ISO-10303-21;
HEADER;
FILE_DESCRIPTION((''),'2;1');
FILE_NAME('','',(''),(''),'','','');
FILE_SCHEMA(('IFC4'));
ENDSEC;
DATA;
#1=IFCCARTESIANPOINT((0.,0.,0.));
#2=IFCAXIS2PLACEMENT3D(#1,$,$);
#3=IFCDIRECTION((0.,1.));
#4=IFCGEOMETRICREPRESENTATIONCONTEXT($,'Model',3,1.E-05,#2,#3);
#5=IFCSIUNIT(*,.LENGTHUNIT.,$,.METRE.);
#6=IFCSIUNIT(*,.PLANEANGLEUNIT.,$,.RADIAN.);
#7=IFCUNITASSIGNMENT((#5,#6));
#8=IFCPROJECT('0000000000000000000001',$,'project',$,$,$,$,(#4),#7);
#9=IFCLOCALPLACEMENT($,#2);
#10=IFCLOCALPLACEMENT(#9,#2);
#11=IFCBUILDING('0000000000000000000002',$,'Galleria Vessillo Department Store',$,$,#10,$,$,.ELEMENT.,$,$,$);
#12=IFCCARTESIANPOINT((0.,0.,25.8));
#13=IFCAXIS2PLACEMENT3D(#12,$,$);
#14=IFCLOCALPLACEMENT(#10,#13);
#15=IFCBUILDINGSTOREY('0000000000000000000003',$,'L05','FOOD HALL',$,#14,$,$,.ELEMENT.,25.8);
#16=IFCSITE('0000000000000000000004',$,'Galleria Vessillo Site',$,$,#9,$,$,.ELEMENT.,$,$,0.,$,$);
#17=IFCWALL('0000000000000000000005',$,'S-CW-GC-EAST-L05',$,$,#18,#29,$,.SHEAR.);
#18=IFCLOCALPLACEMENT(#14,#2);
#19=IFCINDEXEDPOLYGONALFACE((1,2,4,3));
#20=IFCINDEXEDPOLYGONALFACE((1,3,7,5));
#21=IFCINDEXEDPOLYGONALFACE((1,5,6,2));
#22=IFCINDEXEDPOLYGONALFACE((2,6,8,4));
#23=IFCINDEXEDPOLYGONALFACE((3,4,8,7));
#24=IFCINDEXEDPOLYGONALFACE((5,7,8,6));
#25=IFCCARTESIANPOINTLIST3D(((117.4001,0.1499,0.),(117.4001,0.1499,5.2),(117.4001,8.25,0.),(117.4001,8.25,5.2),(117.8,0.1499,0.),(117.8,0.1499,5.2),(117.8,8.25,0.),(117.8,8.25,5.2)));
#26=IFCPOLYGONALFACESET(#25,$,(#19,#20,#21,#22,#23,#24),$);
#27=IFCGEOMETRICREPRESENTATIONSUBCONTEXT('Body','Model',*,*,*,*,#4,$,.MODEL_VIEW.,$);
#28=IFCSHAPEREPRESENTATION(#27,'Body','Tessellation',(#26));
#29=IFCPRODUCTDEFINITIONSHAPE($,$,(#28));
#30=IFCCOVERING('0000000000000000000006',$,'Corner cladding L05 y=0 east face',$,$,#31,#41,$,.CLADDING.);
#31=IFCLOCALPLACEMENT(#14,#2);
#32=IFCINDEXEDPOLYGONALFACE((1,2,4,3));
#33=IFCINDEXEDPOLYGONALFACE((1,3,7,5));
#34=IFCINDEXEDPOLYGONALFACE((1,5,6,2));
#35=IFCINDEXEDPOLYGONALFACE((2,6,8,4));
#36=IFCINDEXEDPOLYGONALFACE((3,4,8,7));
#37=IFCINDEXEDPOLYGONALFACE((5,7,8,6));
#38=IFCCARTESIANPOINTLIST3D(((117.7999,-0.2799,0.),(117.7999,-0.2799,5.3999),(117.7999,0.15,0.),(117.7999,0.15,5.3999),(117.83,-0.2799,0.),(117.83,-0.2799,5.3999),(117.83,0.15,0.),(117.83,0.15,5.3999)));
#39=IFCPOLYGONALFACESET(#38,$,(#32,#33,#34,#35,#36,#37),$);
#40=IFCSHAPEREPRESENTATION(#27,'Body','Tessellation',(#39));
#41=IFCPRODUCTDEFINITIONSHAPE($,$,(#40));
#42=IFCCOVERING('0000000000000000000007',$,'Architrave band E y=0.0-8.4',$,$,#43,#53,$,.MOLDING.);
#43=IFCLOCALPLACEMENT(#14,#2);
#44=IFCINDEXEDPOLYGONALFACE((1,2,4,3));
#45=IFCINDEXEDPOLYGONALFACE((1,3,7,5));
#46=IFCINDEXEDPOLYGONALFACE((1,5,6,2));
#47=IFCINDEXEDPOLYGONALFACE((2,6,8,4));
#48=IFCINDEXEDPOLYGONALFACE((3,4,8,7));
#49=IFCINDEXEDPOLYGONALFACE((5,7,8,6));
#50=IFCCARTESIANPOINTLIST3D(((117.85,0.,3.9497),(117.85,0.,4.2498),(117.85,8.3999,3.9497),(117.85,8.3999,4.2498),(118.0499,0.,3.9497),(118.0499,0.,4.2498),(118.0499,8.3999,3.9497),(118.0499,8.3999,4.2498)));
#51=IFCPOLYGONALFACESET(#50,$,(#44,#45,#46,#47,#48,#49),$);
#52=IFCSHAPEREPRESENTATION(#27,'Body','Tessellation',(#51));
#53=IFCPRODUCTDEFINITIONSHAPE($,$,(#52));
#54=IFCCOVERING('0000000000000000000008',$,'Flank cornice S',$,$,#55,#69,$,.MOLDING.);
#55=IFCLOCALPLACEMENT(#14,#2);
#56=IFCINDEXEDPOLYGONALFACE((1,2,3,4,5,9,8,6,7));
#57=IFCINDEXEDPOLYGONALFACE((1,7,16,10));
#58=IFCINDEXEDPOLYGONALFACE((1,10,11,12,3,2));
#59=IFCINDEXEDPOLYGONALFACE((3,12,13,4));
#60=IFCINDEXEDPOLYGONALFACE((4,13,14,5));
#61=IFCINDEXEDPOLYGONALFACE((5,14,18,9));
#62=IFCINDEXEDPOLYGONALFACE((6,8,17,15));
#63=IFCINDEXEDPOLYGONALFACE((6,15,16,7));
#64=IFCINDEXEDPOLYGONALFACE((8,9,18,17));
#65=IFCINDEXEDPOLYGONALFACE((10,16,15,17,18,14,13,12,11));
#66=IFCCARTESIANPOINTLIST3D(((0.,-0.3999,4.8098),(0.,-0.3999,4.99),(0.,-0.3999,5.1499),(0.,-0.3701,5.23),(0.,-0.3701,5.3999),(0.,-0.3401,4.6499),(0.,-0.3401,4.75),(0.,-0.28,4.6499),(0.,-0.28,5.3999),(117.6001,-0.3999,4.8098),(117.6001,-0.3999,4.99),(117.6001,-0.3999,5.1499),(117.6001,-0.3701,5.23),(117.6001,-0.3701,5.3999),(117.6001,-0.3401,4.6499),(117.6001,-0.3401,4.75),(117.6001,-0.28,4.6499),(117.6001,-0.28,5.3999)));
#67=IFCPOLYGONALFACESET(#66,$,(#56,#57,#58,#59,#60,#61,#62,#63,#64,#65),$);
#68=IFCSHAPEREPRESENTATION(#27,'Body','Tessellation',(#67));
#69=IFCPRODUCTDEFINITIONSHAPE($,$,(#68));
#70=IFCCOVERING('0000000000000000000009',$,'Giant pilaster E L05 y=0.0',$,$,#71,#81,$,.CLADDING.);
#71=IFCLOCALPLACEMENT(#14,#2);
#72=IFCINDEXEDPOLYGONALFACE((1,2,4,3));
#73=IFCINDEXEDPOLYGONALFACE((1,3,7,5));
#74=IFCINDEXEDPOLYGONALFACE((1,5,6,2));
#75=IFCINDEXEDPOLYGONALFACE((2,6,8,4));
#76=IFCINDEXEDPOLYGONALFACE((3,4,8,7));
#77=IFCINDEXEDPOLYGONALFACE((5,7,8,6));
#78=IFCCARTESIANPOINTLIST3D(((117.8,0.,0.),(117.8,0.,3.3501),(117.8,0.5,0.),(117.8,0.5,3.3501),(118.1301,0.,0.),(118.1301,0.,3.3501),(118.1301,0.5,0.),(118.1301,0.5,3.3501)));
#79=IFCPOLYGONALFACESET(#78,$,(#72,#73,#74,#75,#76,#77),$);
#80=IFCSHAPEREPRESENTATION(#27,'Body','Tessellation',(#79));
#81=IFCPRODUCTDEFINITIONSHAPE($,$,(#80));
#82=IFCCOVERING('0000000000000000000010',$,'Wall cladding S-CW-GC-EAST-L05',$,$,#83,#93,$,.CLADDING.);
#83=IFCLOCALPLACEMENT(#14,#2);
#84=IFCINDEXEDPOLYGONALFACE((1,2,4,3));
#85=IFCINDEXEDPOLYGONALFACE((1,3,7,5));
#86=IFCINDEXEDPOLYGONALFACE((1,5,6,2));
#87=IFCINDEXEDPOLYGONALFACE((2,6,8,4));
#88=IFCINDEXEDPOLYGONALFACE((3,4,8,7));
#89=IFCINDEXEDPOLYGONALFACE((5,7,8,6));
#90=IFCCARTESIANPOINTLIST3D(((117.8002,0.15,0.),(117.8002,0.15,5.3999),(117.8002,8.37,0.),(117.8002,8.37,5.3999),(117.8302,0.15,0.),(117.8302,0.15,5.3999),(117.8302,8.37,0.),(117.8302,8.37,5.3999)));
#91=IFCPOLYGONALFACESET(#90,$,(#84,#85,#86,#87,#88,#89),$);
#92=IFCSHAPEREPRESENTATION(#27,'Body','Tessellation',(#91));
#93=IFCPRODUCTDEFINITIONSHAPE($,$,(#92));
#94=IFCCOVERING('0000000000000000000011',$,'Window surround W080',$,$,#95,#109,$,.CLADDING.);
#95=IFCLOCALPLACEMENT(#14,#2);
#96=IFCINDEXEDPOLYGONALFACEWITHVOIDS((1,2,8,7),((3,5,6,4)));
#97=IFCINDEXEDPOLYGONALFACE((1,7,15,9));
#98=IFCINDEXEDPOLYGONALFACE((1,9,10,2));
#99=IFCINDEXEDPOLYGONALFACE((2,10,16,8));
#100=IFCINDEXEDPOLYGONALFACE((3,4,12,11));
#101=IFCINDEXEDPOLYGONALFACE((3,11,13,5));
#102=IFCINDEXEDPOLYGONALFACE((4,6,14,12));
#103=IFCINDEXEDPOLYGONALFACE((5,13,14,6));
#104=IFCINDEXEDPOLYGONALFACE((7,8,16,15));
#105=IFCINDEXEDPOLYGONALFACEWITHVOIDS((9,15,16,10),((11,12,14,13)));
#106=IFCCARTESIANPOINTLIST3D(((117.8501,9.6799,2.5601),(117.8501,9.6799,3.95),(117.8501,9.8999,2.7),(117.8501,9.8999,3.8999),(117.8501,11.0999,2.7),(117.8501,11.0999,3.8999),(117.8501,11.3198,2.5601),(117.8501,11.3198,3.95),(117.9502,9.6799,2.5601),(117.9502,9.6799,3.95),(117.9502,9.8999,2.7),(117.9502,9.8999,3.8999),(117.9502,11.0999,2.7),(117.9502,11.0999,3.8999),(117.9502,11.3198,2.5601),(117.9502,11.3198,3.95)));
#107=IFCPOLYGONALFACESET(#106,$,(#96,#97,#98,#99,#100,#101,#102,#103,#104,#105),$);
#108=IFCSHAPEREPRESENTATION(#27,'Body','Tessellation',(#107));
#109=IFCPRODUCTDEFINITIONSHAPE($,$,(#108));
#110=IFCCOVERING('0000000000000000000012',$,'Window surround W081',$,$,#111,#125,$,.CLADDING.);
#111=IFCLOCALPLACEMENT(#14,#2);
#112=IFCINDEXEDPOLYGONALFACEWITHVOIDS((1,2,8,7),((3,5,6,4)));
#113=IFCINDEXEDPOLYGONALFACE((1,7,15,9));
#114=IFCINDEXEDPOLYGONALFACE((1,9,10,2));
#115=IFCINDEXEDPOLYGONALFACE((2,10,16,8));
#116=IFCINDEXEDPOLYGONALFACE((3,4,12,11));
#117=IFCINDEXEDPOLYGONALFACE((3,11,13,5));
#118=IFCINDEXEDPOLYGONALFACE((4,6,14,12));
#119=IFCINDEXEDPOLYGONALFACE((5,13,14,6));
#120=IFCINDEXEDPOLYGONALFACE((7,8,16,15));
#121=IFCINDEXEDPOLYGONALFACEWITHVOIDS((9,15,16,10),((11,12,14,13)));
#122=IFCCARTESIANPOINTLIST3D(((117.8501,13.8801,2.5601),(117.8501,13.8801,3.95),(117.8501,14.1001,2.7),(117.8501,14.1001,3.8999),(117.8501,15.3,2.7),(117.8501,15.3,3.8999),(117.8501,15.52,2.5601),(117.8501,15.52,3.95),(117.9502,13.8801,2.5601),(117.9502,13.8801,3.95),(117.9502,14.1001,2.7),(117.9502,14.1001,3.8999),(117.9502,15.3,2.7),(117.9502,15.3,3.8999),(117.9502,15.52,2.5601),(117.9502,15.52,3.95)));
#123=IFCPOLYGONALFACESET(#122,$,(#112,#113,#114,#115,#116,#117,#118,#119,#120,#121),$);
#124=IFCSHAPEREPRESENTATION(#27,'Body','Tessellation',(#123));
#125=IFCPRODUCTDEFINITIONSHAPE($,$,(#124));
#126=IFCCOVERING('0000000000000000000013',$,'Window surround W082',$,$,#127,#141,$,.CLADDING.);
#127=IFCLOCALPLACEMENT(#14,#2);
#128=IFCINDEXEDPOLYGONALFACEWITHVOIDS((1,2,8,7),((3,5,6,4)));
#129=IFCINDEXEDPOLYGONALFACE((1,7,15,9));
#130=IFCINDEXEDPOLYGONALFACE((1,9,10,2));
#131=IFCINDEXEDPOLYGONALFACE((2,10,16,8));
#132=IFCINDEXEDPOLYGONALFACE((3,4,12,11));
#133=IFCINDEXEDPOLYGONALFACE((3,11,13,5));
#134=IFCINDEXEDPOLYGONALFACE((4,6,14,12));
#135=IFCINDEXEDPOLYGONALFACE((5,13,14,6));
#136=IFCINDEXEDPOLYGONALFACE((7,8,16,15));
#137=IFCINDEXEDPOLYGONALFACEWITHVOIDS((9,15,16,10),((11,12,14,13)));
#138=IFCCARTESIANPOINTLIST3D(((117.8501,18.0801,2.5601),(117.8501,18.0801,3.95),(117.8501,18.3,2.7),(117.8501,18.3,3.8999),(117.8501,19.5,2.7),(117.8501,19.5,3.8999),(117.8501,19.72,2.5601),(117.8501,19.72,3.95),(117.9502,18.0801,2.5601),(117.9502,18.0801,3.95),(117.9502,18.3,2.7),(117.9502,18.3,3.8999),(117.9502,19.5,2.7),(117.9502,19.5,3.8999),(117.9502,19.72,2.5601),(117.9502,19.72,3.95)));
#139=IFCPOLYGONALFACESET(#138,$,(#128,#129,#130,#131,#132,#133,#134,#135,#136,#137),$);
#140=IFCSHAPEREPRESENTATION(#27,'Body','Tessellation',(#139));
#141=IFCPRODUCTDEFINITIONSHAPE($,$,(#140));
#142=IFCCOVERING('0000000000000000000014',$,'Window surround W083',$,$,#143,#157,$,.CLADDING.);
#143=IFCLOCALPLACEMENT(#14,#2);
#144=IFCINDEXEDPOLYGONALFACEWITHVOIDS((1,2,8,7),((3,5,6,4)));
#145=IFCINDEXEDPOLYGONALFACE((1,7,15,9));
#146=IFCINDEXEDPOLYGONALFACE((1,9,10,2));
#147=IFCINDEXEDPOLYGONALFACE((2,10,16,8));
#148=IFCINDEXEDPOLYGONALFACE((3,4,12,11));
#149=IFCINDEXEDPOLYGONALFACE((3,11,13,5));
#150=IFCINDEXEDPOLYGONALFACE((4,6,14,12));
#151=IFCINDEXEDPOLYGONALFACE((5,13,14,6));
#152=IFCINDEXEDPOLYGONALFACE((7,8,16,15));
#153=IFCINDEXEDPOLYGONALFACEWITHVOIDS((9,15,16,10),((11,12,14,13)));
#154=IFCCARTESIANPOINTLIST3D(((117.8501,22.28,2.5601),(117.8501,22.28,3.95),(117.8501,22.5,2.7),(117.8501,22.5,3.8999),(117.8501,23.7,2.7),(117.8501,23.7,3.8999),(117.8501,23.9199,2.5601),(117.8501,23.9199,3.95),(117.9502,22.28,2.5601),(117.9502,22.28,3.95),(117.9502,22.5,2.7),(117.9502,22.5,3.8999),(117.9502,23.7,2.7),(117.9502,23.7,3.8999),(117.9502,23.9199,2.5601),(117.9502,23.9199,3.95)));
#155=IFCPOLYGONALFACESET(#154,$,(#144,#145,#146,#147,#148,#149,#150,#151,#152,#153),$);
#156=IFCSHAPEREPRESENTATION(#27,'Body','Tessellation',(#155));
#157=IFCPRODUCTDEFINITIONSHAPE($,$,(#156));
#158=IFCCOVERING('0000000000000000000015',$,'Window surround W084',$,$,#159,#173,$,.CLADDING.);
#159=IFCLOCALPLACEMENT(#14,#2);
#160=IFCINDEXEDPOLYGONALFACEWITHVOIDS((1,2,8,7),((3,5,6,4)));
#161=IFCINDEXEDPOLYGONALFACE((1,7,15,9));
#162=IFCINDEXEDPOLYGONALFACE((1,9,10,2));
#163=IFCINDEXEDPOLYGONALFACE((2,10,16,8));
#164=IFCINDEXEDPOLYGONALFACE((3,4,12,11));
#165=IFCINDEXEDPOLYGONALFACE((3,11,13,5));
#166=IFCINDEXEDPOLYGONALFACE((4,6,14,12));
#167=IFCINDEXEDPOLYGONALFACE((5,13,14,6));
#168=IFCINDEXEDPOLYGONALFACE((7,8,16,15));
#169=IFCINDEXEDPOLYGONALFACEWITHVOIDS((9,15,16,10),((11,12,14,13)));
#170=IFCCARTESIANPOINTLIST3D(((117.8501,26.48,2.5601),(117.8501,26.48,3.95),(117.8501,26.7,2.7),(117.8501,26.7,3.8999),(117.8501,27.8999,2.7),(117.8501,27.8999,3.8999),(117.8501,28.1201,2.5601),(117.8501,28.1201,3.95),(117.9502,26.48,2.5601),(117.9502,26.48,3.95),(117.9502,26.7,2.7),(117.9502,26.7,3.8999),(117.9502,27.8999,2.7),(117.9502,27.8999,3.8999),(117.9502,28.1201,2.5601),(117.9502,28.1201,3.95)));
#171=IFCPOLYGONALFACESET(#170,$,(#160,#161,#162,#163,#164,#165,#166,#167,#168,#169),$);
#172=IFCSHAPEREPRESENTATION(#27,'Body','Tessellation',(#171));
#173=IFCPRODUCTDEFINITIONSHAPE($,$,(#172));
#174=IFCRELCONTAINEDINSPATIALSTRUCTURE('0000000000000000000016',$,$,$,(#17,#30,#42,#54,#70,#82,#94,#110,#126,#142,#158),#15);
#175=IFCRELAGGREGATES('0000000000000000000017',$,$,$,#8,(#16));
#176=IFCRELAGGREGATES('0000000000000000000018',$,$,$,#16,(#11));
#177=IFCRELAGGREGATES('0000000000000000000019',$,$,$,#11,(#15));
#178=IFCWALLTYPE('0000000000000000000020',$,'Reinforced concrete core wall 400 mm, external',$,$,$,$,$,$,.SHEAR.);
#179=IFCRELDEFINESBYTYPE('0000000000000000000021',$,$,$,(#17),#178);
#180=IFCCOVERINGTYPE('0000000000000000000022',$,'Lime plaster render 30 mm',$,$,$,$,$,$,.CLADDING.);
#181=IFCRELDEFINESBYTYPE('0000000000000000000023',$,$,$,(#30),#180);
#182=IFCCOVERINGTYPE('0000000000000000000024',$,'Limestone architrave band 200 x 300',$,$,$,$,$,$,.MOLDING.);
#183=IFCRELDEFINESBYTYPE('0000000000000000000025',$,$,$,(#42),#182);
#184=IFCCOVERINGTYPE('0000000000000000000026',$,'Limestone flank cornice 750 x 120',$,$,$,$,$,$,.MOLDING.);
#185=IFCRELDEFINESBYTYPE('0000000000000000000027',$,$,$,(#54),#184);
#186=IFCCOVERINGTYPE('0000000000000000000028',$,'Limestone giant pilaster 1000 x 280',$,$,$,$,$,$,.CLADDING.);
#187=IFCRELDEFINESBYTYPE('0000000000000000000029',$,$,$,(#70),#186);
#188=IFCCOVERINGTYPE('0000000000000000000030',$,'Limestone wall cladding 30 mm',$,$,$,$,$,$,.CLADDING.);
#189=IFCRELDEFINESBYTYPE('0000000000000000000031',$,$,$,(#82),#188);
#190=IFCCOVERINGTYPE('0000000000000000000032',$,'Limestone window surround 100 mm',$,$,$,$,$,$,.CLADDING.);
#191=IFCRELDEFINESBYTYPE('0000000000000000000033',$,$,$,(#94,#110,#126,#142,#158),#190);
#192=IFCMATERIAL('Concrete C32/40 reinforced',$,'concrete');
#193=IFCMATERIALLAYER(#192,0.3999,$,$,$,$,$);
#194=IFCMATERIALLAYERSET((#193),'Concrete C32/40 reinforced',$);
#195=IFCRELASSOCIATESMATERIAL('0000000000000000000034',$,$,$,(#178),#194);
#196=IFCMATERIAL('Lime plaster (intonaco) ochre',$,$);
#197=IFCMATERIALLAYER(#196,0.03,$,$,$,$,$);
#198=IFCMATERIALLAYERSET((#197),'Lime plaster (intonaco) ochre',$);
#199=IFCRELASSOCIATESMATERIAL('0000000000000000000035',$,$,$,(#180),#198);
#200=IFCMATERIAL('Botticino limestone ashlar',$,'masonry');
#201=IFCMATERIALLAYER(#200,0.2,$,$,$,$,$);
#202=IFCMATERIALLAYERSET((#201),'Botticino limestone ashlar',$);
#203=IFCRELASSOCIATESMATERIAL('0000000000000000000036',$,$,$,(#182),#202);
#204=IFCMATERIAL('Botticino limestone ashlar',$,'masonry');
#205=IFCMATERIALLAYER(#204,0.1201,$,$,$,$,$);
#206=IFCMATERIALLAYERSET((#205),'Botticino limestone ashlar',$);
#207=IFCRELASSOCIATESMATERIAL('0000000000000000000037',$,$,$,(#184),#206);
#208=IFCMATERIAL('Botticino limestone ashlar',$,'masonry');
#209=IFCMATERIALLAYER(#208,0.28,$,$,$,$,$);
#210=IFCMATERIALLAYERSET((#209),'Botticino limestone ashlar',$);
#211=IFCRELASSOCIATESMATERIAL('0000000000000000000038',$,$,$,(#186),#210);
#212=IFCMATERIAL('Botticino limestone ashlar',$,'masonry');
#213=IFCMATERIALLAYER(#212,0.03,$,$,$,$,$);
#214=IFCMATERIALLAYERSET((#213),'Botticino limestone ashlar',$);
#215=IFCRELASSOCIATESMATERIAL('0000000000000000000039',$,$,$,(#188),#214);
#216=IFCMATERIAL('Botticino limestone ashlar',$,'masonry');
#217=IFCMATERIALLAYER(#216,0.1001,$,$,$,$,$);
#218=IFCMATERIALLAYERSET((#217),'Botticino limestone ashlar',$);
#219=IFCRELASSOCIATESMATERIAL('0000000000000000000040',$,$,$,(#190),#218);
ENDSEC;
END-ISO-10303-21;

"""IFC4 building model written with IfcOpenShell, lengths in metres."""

from ifc_helpers import new_model, si_unit, direction, frame, frame_2d, origin, origin_2d, place, context, subcontext, project, spatial, polyline, rectangle, outline, extrude, material, layer, layer_set, type_object, element, save


model = new_model("IFC4")

# Units and contexts
model_context = context("Model", 3, precision=1e-05, world=origin(), true_north=direction((0.0, 1.0)))
body_context = subcontext(model_context, "Body", "Model", "MODEL_VIEW")
ifc_project = project(units=[si_unit("LENGTHUNIT", "METRE"), si_unit("PLANEANGLEUNIT", "RADIAN")], contexts=[model_context])

# Site, building, storey
site_placement = place(None, origin())
site = spatial("IfcSite", under=ifc_project, at=site_placement, Name="Galleria Vessillo Site", CompositionType="ELEMENT", RefElevation=0.0)
building_placement = place(site_placement, origin())
building = spatial("IfcBuilding", under=site, at=building_placement, Name="Galleria Vessillo Department Store", CompositionType="ELEMENT")
storey_placement = place(building_placement, frame((0.0, 0.0, 25.8)))
storey = spatial("IfcBuildingStorey", under=building, at=storey_placement, Name="L05", Description="FOOD HALL", CompositionType="ELEMENT", Elevation=25.8)

# Wall
ifc_material_1 = material(Name="Concrete C32/40 reinforced", Category="concrete")
ifc_layer_1 = layer(ifc_material_1, 0.3999)
ifc_layer_set_1 = layer_set([ifc_layer_1], Name="Concrete C32/40 reinforced")
wall_type = type_object("IfcWallType", Name="Reinforced concrete core wall 400 mm, external", PredefinedType="SHEAR", material=ifc_layer_set_1)
wall_placement = place(storey_placement, frame((117.6001, 0.1499, 0.0), z_axis=(0.0, 0.0, 1.0), x_axis=(0.0, 1.0, 0.0)))
element("IfcWall", 1, at=wall_placement, inside=storey, type_object=wall_type, Name="S-CW-GC-EAST-L05", PredefinedType="SHEAR", context=body_context, shape_type="SweptSolid", body=[
    extrude(rectangle(XDim=8.1001, YDim=0.3999, at=frame_2d((4.05, 0.0))), origin(), (0.0, 0.0, 1.0), 5.2),
])

# Coverings
ifc_material_2 = material(Name="Lime plaster (intonaco) ochre")
ifc_layer_2 = layer(ifc_material_2, 0.03)
ifc_layer_set_2 = layer_set([ifc_layer_2], Name="Lime plaster (intonaco) ochre")
covering_type_1 = type_object("IfcCoveringType", Name="Lime plaster render 30 mm", PredefinedType="CLADDING", material=ifc_layer_set_2)
covering_1_placement = place(storey_placement, frame((117.8149, -0.0649, 0.0), z_axis=(0.0, 0.0, 1.0), x_axis=(1.0, 0.0, 0.0)))
element("IfcCovering", 2, at=covering_1_placement, inside=storey, type_object=covering_type_1, Name="Corner cladding L05 y=0 east face", PredefinedType="CLADDING", context=body_context, shape_type="SweptSolid", body=[
    extrude(rectangle(XDim=0.03, YDim=0.4299, at=origin_2d()), origin(), (0.0, 0.0, 1.0), 5.3999),
])
ifc_material_3 = material(Name="Botticino limestone ashlar", Category="masonry")
ifc_layer_3 = layer(ifc_material_3, 0.2)
ifc_layer_set_3 = layer_set([ifc_layer_3], Name="Botticino limestone ashlar")
covering_type_2 = type_object("IfcCoveringType", Name="Limestone architrave band 200 x 300", PredefinedType="MOLDING", material=ifc_layer_set_3)
covering_2_placement = place(storey_placement, frame((117.95, 4.2, 3.9497), z_axis=(0.0, 0.0, 1.0), x_axis=(1.0, 0.0, 0.0)))
element("IfcCovering", 3, at=covering_2_placement, inside=storey, type_object=covering_type_2, Name="Architrave band E y=0.0-8.4", PredefinedType="MOLDING", context=body_context, shape_type="SweptSolid", body=[
    extrude(rectangle(XDim=0.2, YDim=8.3999, at=origin_2d()), origin(), (0.0, 0.0, 1.0), 0.3),
])
ifc_material_4 = material(Name="Botticino limestone ashlar", Category="masonry")
ifc_layer_4 = layer(ifc_material_4, 0.1201)
ifc_layer_set_4 = layer_set([ifc_layer_4], Name="Botticino limestone ashlar")
covering_type_3 = type_object("IfcCoveringType", Name="Limestone flank cornice 750 x 120", PredefinedType="MOLDING", material=ifc_layer_set_4)
covering_3_placement = place(storey_placement, frame((117.6001, 0.0, 4.6499), z_axis=(-1.0, 0.0, 0.0), x_axis=(0.0, -1.0, 0.0)))
element("IfcCovering", 4, at=covering_3_placement, inside=storey, type_object=covering_type_3, Name="Flank cornice S", PredefinedType="MOLDING", context=body_context, shape_type="SweptSolid", body=[
    extrude(outline(polyline([(0.28, 0.0), (0.3401, 0.0), (0.3401, 0.1001), (0.3999, 0.1599), (0.3999, 0.3401), (0.3999, 0.5), (0.3701, 0.5801), (0.3701, 0.75), (0.28, 0.75), (0.28, 0.0)])), origin(), (0.0, 0.0, 1.0), 117.6001),
])
ifc_material_5 = material(Name="Botticino limestone ashlar", Category="masonry")
ifc_layer_5 = layer(ifc_material_5, 0.28)
ifc_layer_set_5 = layer_set([ifc_layer_5], Name="Botticino limestone ashlar")
covering_type_4 = type_object("IfcCoveringType", Name="Limestone giant pilaster 1000 x 280", PredefinedType="CLADDING", material=ifc_layer_set_5)
covering_4_placement = place(storey_placement, frame((117.9651, 0.25, 0.0), z_axis=(0.0, 0.0, 1.0), x_axis=(1.0, 0.0, 0.0)))
element("IfcCovering", 5, at=covering_4_placement, inside=storey, type_object=covering_type_4, Name="Giant pilaster E L05 y=0.0", PredefinedType="CLADDING", context=body_context, shape_type="SweptSolid", body=[
    extrude(rectangle(XDim=0.3301, YDim=0.5, at=origin_2d()), origin(), (0.0, 0.0, 1.0), 3.3501),
])
ifc_material_6 = material(Name="Botticino limestone ashlar", Category="masonry")
ifc_layer_6 = layer(ifc_material_6, 0.03)
ifc_layer_set_6 = layer_set([ifc_layer_6], Name="Botticino limestone ashlar")
covering_type_5 = type_object("IfcCoveringType", Name="Limestone wall cladding 30 mm", PredefinedType="CLADDING", material=ifc_layer_set_6)
covering_5_placement = place(storey_placement, frame((117.8152, 4.26, 0.0), z_axis=(0.0, 0.0, 1.0), x_axis=(1.0, 0.0, 0.0)))
element("IfcCovering", 6, at=covering_5_placement, inside=storey, type_object=covering_type_5, Name="Wall cladding S-CW-GC-EAST-L05", PredefinedType="CLADDING", context=body_context, shape_type="SweptSolid", body=[
    extrude(rectangle(XDim=0.03, YDim=8.22, at=origin_2d()), origin(), (0.0, 0.0, 1.0), 5.3999),
])
ifc_material_7 = material(Name="Botticino limestone ashlar", Category="masonry")
ifc_layer_7 = layer(ifc_material_7, 0.1001)
ifc_layer_set_7 = layer_set([ifc_layer_7], Name="Botticino limestone ashlar")
covering_type_6 = type_object("IfcCoveringType", Name="Limestone window surround 100 mm", PredefinedType="CLADDING", material=ifc_layer_set_7)
covering_6_placement = place(storey_placement, frame((117.8501, 0.0, 2.7), z_axis=(1.0, 0.0, 0.0), x_axis=(0.0, 1.0, 0.0)))
element("IfcCovering", 7, at=covering_6_placement, inside=storey, type_object=covering_type_6, Name="Window surround W080", PredefinedType="CLADDING", context=body_context, shape_type="SweptSolid", body=[
    extrude(outline(polyline([(9.6799, -0.1399), (11.3198, -0.1399), (11.3198, 1.25), (9.6799, 1.25), (9.6799, -0.1399)]), holes=[polyline([(9.8999, 0.0), (11.0999, 0.0), (11.0999, 1.2), (9.8999, 1.2), (9.8999, 0.0)])]), origin(), (0.0, 0.0, 1.0), 0.1001),
])
covering_7_placement = place(storey_placement, frame((117.8501, 0.0, 2.7), z_axis=(1.0, 0.0, 0.0), x_axis=(0.0, 1.0, 0.0)))
element("IfcCovering", 8, at=covering_7_placement, inside=storey, type_object=covering_type_6, Name="Window surround W081", PredefinedType="CLADDING", context=body_context, shape_type="SweptSolid", body=[
    extrude(outline(polyline([(13.8801, -0.1399), (15.52, -0.1399), (15.52, 1.25), (13.8801, 1.25), (13.8801, -0.1399)]), holes=[polyline([(14.1001, 0.0), (15.3, 0.0), (15.3, 1.2), (14.1001, 1.2), (14.1001, 0.0)])]), origin(), (0.0, 0.0, 1.0), 0.1001),
])
covering_8_placement = place(storey_placement, frame((117.8501, 0.0, 2.7), z_axis=(1.0, 0.0, 0.0), x_axis=(0.0, 1.0, 0.0)))
element("IfcCovering", 9, at=covering_8_placement, inside=storey, type_object=covering_type_6, Name="Window surround W082", PredefinedType="CLADDING", context=body_context, shape_type="SweptSolid", body=[
    extrude(outline(polyline([(18.0801, -0.1399), (19.72, -0.1399), (19.72, 1.25), (18.0801, 1.25), (18.0801, -0.1399)]), holes=[polyline([(18.3, 0.0), (19.5, 0.0), (19.5, 1.2), (18.3, 1.2), (18.3, 0.0)])]), origin(), (0.0, 0.0, 1.0), 0.1001),
])
covering_9_placement = place(storey_placement, frame((117.8501, 0.0, 2.7), z_axis=(1.0, 0.0, 0.0), x_axis=(0.0, 1.0, 0.0)))
element("IfcCovering", 10, at=covering_9_placement, inside=storey, type_object=covering_type_6, Name="Window surround W083", PredefinedType="CLADDING", context=body_context, shape_type="SweptSolid", body=[
    extrude(outline(polyline([(22.28, -0.1399), (23.9199, -0.1399), (23.9199, 1.25), (22.28, 1.25), (22.28, -0.1399)]), holes=[polyline([(22.5, 0.0), (23.7, 0.0), (23.7, 1.2), (22.5, 1.2), (22.5, 0.0)])]), origin(), (0.0, 0.0, 1.0), 0.1001),
])
covering_10_placement = place(storey_placement, frame((117.8501, 0.0, 2.7), z_axis=(1.0, 0.0, 0.0), x_axis=(0.0, 1.0, 0.0)))
element("IfcCovering", 11, at=covering_10_placement, inside=storey, type_object=covering_type_6, Name="Window surround W084", PredefinedType="CLADDING", context=body_context, shape_type="SweptSolid", body=[
    extrude(outline(polyline([(26.48, -0.1399), (28.1201, -0.1399), (28.1201, 1.25), (26.48, 1.25), (26.48, -0.1399)]), holes=[polyline([(26.7, 0.0), (27.8999, 0.0), (27.8999, 1.2), (26.7, 1.2), (26.7, 0.0)])]), origin(), (0.0, 0.0, 1.0), 0.1001),
])

save(model, "model.ifc")
